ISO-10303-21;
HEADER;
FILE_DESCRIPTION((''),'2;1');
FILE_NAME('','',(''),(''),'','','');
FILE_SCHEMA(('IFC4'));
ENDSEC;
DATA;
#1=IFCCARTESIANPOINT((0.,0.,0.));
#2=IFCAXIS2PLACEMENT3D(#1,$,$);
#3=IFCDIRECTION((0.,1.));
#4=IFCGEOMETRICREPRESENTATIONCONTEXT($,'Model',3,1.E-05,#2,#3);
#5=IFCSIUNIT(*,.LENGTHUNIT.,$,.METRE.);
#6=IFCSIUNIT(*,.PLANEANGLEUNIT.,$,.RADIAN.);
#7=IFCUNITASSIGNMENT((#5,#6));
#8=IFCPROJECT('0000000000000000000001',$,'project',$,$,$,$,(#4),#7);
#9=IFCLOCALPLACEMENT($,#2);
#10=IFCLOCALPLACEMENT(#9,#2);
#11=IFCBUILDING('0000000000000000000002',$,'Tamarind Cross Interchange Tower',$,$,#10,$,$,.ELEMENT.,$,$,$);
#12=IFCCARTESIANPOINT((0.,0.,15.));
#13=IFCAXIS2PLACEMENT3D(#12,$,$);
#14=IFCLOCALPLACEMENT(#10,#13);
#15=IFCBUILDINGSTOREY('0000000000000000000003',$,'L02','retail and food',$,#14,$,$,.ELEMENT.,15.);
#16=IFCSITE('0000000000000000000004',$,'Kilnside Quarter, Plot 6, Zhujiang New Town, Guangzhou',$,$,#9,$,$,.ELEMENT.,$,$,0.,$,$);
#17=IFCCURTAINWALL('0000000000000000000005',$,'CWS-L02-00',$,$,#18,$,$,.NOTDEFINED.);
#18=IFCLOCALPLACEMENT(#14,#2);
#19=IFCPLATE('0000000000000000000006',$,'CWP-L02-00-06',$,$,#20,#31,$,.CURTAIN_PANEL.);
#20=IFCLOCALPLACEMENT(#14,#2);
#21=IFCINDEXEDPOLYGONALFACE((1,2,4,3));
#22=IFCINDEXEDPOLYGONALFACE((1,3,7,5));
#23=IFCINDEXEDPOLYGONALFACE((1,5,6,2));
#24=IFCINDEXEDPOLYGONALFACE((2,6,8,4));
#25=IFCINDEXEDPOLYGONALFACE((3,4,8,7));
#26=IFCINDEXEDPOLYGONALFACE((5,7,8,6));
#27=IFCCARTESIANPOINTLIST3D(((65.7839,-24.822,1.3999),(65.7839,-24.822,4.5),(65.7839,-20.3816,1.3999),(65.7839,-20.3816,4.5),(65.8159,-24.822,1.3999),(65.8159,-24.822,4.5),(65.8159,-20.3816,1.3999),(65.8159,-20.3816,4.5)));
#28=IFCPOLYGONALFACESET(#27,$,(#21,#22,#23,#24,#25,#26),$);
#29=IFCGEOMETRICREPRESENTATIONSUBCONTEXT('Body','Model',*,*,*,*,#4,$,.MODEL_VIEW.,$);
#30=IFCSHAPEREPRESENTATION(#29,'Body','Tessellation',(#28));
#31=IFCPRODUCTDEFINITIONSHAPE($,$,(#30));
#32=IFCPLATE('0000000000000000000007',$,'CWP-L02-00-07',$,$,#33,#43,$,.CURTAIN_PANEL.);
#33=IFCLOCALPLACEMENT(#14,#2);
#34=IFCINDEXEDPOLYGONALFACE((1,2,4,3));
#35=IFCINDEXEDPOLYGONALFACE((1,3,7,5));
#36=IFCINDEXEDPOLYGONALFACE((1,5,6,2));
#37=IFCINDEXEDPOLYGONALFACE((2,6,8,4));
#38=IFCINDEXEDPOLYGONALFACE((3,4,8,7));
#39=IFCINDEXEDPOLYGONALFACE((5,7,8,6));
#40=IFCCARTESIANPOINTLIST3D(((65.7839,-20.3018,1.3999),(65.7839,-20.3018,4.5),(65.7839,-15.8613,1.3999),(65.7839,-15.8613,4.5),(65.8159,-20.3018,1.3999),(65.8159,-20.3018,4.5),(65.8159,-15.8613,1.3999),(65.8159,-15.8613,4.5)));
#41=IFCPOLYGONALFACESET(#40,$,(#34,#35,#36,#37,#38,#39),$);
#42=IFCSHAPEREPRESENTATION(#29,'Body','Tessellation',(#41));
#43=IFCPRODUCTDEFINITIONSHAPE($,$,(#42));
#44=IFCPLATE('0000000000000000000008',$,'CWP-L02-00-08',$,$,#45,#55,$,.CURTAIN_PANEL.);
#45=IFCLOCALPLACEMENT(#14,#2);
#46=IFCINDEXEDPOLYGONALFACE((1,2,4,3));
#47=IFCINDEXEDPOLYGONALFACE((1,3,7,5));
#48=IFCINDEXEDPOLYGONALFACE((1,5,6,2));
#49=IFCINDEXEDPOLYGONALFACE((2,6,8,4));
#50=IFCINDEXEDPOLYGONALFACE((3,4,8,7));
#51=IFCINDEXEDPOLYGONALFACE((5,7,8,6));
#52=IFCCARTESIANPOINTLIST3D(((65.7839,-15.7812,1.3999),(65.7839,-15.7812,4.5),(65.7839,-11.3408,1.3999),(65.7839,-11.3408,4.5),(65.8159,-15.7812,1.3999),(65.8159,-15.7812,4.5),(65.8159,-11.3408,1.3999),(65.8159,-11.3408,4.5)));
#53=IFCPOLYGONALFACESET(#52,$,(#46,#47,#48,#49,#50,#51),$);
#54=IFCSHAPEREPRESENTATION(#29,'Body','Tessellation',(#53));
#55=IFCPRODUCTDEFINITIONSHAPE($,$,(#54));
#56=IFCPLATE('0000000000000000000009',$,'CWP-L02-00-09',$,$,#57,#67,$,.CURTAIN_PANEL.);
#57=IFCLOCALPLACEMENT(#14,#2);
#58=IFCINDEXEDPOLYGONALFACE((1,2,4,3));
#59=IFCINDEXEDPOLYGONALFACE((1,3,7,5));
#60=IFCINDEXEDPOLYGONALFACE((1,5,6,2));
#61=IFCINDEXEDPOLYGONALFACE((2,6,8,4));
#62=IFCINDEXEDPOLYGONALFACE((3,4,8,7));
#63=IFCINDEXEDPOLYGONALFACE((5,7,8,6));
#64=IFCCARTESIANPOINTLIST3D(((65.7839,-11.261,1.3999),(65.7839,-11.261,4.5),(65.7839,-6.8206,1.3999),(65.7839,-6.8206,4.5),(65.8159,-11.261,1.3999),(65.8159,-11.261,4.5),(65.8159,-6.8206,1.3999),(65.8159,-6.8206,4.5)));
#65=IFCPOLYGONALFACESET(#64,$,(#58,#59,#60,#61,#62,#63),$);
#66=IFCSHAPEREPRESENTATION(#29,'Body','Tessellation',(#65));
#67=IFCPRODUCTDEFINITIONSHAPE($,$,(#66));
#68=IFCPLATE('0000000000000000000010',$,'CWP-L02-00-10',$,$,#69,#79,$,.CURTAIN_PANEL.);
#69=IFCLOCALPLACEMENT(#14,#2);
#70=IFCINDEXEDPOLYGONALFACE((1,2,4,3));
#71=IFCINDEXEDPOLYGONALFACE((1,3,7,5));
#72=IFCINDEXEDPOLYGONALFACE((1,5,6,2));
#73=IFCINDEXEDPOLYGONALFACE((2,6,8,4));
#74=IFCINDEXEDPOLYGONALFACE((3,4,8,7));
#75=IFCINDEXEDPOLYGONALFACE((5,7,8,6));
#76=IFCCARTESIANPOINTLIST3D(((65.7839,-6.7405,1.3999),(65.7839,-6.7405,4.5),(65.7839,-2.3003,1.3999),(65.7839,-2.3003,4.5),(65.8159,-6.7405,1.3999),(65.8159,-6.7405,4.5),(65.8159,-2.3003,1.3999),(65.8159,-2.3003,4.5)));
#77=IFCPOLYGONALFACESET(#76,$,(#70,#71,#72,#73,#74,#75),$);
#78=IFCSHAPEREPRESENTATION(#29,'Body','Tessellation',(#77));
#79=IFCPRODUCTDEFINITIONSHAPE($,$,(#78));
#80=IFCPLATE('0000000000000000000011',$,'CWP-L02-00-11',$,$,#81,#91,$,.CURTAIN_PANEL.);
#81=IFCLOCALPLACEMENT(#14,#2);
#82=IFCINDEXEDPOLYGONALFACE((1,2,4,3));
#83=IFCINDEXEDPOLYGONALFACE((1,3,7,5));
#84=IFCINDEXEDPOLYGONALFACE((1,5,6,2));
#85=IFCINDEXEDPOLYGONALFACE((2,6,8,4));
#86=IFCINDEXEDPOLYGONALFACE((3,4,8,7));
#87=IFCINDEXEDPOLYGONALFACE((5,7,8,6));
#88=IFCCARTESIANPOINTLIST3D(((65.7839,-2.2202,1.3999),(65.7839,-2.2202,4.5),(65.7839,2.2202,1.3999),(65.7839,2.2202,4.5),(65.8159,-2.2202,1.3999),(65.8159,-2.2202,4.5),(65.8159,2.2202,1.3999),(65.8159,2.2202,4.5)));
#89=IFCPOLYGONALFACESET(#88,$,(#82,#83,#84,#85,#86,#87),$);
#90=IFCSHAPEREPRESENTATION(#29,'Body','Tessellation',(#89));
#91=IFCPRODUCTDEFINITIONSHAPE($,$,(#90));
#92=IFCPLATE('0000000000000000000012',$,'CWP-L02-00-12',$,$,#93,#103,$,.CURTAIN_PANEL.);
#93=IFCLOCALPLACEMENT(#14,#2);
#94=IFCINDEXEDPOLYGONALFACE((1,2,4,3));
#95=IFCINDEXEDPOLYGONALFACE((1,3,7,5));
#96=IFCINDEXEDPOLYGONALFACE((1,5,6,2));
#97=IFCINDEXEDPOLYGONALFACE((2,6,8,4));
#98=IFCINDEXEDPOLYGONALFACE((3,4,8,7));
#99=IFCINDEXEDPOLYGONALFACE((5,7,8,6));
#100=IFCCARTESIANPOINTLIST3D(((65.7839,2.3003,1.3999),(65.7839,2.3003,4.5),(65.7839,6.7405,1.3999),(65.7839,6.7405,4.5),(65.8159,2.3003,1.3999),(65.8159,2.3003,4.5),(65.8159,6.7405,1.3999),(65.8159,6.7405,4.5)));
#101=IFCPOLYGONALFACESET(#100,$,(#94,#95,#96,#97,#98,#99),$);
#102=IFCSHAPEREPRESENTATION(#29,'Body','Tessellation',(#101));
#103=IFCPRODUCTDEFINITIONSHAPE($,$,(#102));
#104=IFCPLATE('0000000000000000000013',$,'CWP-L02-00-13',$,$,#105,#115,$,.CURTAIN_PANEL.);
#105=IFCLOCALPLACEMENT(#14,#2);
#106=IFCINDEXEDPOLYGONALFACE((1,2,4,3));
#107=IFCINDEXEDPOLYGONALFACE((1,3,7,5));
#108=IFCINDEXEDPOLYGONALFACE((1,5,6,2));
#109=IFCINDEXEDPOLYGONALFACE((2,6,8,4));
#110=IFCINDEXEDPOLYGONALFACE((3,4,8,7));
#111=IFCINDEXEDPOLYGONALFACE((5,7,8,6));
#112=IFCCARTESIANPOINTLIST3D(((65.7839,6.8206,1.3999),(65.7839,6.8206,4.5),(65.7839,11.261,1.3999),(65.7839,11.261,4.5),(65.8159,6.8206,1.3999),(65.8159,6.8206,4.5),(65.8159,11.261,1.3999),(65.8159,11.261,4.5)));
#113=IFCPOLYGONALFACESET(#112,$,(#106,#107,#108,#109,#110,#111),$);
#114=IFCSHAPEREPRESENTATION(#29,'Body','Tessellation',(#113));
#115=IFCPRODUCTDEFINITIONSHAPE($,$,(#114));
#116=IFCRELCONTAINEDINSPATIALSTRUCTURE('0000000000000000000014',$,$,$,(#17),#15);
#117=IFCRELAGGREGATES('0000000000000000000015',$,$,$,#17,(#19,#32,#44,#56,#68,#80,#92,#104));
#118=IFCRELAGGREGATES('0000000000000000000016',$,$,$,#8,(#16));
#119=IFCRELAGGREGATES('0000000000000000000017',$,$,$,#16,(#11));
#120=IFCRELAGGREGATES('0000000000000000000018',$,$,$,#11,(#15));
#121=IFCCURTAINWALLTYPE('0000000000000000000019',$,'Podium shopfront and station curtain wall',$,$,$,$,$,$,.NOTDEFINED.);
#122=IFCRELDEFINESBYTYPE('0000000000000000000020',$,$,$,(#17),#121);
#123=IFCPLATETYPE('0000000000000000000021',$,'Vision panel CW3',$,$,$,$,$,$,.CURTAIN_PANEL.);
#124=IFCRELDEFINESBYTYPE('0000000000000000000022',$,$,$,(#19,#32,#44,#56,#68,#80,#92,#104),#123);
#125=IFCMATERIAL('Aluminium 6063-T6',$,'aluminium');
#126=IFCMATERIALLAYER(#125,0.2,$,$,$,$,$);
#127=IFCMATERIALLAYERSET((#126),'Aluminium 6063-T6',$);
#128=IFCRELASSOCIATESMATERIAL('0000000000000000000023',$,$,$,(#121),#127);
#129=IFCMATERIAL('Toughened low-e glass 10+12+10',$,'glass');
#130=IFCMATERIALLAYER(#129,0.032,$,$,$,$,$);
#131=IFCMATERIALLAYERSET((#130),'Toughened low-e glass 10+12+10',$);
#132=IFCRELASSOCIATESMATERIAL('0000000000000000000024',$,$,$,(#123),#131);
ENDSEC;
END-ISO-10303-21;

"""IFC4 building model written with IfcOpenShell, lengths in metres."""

from ifc_helpers import new_model, si_unit, direction, frame, origin, place, context, subcontext, project, spatial, polyline, outline, extrude, material, layer, layer_set, type_object, element, aggregate, save


model = new_model("IFC4")

# Units and contexts
model_context = context("Model", 3, precision=1e-05, world=origin(), true_north=direction((0.0, 1.0)))
body_context = subcontext(model_context, "Body", "Model", "MODEL_VIEW")
ifc_project = project(units=[si_unit("LENGTHUNIT", "METRE"), si_unit("PLANEANGLEUNIT", "RADIAN")], contexts=[model_context])

# Site, building, storey
site_placement = place(None, origin())
site = spatial("IfcSite", under=ifc_project, at=site_placement, Name="Kilnside Quarter, Plot 6, Zhujiang New Town, Guangzhou", CompositionType="ELEMENT", RefElevation=0.0)
building_placement = place(site_placement, origin())
building = spatial("IfcBuilding", under=site, at=building_placement, Name="Tamarind Cross Interchange Tower", CompositionType="ELEMENT")
storey_placement = place(building_placement, frame((0.0, 0.0, 15.0)))
storey = spatial("IfcBuildingStorey", under=building, at=storey_placement, Name="L02", Description="retail and food", CompositionType="ELEMENT", Elevation=15.0)

# Curtain wall, plates
ifc_material_1 = material(Name="Aluminium 6063-T6", Category="aluminium")
ifc_layer_1 = layer(ifc_material_1, 0.2)
ifc_layer_set_1 = layer_set([ifc_layer_1], Name="Aluminium 6063-T6")
curtain_wall_type = type_object("IfcCurtainWallType", Name="Podium shopfront and station curtain wall", PredefinedType="NOTDEFINED", material=ifc_layer_set_1)
curtain_wall_placement = place(storey_placement, origin())
curtain_wall = element("IfcCurtainWall", 1, at=curtain_wall_placement, inside=storey, type_object=curtain_wall_type, Name="CWS-L02-00", PredefinedType="NOTDEFINED")
ifc_material_2 = material(Name="Toughened low-e glass 10+12+10", Category="glass")
ifc_layer_2 = layer(ifc_material_2, 0.032)
ifc_layer_set_2 = layer_set([ifc_layer_2], Name="Toughened low-e glass 10+12+10")
plate_type = type_object("IfcPlateType", Name="Vision panel CW3", PredefinedType="CURTAIN_PANEL", material=ifc_layer_set_2)
plate_1_placement = place(storey_placement, frame((0.0, 0.0, 1.3999)))
plate_1 = element("IfcPlate", 2, at=plate_1_placement, type_object=plate_type, Name="CWP-L02-00-06", PredefinedType="CURTAIN_PANEL", context=body_context, shape_type="SweptSolid", body=[
    extrude(outline(polyline([(65.7839, -24.822), (65.7839, -20.3816), (65.8159, -20.3816), (65.8159, -24.822), (65.7839, -24.822)])), origin(), (0.0, 0.0, 1.0), 3.1001),
])
plate_2_placement = place(storey_placement, frame((0.0, 0.0, 1.3999)))
plate_2 = element("IfcPlate", 3, at=plate_2_placement, type_object=plate_type, Name="CWP-L02-00-07", PredefinedType="CURTAIN_PANEL", context=body_context, shape_type="SweptSolid", body=[
    extrude(outline(polyline([(65.7839, -20.3018), (65.7839, -15.8613), (65.8159, -15.8613), (65.8159, -20.3018), (65.7839, -20.3018)])), origin(), (0.0, 0.0, 1.0), 3.1001),
])
plate_3_placement = place(storey_placement, frame((0.0, 0.0, 1.3999)))
plate_3 = element("IfcPlate", 4, at=plate_3_placement, type_object=plate_type, Name="CWP-L02-00-08", PredefinedType="CURTAIN_PANEL", context=body_context, shape_type="SweptSolid", body=[
    extrude(outline(polyline([(65.7839, -15.7812), (65.7839, -11.3408), (65.8159, -11.3408), (65.8159, -15.7812), (65.7839, -15.7812)])), origin(), (0.0, 0.0, 1.0), 3.1001),
])
plate_4_placement = place(storey_placement, frame((0.0, 0.0, 1.3999)))
plate_4 = element("IfcPlate", 5, at=plate_4_placement, type_object=plate_type, Name="CWP-L02-00-09", PredefinedType="CURTAIN_PANEL", context=body_context, shape_type="SweptSolid", body=[
    extrude(outline(polyline([(65.7839, -11.261), (65.7839, -6.8206), (65.8159, -6.8206), (65.8159, -11.261), (65.7839, -11.261)])), origin(), (0.0, 0.0, 1.0), 3.1001),
])
plate_5_placement = place(storey_placement, frame((0.0, 0.0, 1.3999)))
plate_5 = element("IfcPlate", 6, at=plate_5_placement, type_object=plate_type, Name="CWP-L02-00-10", PredefinedType="CURTAIN_PANEL", context=body_context, shape_type="SweptSolid", body=[
    extrude(outline(polyline([(65.7839, -6.7405), (65.7839, -2.3003), (65.8159, -2.3003), (65.8159, -6.7405), (65.7839, -6.7405)])), origin(), (0.0, 0.0, 1.0), 3.1001),
])
plate_6_placement = place(storey_placement, frame((0.0, 0.0, 1.3999)))
plate_6 = element("IfcPlate", 7, at=plate_6_placement, type_object=plate_type, Name="CWP-L02-00-11", PredefinedType="CURTAIN_PANEL", context=body_context, shape_type="SweptSolid", body=[
    extrude(outline(polyline([(65.7839, -2.2202), (65.7839, 2.2202), (65.8159, 2.2202), (65.8159, -2.2202), (65.7839, -2.2202)])), origin(), (0.0, 0.0, 1.0), 3.1001),
])
plate_7_placement = place(storey_placement, frame((0.0, 0.0, 1.3999)))
plate_7 = element("IfcPlate", 8, at=plate_7_placement, type_object=plate_type, Name="CWP-L02-00-12", PredefinedType="CURTAIN_PANEL", context=body_context, shape_type="SweptSolid", body=[
    extrude(outline(polyline([(65.7839, 2.3003), (65.7839, 6.7405), (65.8159, 6.7405), (65.8159, 2.3003), (65.7839, 2.3003)])), origin(), (0.0, 0.0, 1.0), 3.1001),
])
plate_8_placement = place(storey_placement, frame((0.0, 0.0, 1.3999)))
plate_8 = element("IfcPlate", 9, at=plate_8_placement, type_object=plate_type, Name="CWP-L02-00-13", PredefinedType="CURTAIN_PANEL", context=body_context, shape_type="SweptSolid", body=[
    extrude(outline(polyline([(65.7839, 6.8206), (65.7839, 11.261), (65.8159, 11.261), (65.8159, 6.8206), (65.7839, 6.8206)])), origin(), (0.0, 0.0, 1.0), 3.1001),
])
aggregate(curtain_wall, [plate_1, plate_2, plate_3, plate_4, plate_5, plate_6, plate_7, plate_8])

save(model, "model.ifc")
